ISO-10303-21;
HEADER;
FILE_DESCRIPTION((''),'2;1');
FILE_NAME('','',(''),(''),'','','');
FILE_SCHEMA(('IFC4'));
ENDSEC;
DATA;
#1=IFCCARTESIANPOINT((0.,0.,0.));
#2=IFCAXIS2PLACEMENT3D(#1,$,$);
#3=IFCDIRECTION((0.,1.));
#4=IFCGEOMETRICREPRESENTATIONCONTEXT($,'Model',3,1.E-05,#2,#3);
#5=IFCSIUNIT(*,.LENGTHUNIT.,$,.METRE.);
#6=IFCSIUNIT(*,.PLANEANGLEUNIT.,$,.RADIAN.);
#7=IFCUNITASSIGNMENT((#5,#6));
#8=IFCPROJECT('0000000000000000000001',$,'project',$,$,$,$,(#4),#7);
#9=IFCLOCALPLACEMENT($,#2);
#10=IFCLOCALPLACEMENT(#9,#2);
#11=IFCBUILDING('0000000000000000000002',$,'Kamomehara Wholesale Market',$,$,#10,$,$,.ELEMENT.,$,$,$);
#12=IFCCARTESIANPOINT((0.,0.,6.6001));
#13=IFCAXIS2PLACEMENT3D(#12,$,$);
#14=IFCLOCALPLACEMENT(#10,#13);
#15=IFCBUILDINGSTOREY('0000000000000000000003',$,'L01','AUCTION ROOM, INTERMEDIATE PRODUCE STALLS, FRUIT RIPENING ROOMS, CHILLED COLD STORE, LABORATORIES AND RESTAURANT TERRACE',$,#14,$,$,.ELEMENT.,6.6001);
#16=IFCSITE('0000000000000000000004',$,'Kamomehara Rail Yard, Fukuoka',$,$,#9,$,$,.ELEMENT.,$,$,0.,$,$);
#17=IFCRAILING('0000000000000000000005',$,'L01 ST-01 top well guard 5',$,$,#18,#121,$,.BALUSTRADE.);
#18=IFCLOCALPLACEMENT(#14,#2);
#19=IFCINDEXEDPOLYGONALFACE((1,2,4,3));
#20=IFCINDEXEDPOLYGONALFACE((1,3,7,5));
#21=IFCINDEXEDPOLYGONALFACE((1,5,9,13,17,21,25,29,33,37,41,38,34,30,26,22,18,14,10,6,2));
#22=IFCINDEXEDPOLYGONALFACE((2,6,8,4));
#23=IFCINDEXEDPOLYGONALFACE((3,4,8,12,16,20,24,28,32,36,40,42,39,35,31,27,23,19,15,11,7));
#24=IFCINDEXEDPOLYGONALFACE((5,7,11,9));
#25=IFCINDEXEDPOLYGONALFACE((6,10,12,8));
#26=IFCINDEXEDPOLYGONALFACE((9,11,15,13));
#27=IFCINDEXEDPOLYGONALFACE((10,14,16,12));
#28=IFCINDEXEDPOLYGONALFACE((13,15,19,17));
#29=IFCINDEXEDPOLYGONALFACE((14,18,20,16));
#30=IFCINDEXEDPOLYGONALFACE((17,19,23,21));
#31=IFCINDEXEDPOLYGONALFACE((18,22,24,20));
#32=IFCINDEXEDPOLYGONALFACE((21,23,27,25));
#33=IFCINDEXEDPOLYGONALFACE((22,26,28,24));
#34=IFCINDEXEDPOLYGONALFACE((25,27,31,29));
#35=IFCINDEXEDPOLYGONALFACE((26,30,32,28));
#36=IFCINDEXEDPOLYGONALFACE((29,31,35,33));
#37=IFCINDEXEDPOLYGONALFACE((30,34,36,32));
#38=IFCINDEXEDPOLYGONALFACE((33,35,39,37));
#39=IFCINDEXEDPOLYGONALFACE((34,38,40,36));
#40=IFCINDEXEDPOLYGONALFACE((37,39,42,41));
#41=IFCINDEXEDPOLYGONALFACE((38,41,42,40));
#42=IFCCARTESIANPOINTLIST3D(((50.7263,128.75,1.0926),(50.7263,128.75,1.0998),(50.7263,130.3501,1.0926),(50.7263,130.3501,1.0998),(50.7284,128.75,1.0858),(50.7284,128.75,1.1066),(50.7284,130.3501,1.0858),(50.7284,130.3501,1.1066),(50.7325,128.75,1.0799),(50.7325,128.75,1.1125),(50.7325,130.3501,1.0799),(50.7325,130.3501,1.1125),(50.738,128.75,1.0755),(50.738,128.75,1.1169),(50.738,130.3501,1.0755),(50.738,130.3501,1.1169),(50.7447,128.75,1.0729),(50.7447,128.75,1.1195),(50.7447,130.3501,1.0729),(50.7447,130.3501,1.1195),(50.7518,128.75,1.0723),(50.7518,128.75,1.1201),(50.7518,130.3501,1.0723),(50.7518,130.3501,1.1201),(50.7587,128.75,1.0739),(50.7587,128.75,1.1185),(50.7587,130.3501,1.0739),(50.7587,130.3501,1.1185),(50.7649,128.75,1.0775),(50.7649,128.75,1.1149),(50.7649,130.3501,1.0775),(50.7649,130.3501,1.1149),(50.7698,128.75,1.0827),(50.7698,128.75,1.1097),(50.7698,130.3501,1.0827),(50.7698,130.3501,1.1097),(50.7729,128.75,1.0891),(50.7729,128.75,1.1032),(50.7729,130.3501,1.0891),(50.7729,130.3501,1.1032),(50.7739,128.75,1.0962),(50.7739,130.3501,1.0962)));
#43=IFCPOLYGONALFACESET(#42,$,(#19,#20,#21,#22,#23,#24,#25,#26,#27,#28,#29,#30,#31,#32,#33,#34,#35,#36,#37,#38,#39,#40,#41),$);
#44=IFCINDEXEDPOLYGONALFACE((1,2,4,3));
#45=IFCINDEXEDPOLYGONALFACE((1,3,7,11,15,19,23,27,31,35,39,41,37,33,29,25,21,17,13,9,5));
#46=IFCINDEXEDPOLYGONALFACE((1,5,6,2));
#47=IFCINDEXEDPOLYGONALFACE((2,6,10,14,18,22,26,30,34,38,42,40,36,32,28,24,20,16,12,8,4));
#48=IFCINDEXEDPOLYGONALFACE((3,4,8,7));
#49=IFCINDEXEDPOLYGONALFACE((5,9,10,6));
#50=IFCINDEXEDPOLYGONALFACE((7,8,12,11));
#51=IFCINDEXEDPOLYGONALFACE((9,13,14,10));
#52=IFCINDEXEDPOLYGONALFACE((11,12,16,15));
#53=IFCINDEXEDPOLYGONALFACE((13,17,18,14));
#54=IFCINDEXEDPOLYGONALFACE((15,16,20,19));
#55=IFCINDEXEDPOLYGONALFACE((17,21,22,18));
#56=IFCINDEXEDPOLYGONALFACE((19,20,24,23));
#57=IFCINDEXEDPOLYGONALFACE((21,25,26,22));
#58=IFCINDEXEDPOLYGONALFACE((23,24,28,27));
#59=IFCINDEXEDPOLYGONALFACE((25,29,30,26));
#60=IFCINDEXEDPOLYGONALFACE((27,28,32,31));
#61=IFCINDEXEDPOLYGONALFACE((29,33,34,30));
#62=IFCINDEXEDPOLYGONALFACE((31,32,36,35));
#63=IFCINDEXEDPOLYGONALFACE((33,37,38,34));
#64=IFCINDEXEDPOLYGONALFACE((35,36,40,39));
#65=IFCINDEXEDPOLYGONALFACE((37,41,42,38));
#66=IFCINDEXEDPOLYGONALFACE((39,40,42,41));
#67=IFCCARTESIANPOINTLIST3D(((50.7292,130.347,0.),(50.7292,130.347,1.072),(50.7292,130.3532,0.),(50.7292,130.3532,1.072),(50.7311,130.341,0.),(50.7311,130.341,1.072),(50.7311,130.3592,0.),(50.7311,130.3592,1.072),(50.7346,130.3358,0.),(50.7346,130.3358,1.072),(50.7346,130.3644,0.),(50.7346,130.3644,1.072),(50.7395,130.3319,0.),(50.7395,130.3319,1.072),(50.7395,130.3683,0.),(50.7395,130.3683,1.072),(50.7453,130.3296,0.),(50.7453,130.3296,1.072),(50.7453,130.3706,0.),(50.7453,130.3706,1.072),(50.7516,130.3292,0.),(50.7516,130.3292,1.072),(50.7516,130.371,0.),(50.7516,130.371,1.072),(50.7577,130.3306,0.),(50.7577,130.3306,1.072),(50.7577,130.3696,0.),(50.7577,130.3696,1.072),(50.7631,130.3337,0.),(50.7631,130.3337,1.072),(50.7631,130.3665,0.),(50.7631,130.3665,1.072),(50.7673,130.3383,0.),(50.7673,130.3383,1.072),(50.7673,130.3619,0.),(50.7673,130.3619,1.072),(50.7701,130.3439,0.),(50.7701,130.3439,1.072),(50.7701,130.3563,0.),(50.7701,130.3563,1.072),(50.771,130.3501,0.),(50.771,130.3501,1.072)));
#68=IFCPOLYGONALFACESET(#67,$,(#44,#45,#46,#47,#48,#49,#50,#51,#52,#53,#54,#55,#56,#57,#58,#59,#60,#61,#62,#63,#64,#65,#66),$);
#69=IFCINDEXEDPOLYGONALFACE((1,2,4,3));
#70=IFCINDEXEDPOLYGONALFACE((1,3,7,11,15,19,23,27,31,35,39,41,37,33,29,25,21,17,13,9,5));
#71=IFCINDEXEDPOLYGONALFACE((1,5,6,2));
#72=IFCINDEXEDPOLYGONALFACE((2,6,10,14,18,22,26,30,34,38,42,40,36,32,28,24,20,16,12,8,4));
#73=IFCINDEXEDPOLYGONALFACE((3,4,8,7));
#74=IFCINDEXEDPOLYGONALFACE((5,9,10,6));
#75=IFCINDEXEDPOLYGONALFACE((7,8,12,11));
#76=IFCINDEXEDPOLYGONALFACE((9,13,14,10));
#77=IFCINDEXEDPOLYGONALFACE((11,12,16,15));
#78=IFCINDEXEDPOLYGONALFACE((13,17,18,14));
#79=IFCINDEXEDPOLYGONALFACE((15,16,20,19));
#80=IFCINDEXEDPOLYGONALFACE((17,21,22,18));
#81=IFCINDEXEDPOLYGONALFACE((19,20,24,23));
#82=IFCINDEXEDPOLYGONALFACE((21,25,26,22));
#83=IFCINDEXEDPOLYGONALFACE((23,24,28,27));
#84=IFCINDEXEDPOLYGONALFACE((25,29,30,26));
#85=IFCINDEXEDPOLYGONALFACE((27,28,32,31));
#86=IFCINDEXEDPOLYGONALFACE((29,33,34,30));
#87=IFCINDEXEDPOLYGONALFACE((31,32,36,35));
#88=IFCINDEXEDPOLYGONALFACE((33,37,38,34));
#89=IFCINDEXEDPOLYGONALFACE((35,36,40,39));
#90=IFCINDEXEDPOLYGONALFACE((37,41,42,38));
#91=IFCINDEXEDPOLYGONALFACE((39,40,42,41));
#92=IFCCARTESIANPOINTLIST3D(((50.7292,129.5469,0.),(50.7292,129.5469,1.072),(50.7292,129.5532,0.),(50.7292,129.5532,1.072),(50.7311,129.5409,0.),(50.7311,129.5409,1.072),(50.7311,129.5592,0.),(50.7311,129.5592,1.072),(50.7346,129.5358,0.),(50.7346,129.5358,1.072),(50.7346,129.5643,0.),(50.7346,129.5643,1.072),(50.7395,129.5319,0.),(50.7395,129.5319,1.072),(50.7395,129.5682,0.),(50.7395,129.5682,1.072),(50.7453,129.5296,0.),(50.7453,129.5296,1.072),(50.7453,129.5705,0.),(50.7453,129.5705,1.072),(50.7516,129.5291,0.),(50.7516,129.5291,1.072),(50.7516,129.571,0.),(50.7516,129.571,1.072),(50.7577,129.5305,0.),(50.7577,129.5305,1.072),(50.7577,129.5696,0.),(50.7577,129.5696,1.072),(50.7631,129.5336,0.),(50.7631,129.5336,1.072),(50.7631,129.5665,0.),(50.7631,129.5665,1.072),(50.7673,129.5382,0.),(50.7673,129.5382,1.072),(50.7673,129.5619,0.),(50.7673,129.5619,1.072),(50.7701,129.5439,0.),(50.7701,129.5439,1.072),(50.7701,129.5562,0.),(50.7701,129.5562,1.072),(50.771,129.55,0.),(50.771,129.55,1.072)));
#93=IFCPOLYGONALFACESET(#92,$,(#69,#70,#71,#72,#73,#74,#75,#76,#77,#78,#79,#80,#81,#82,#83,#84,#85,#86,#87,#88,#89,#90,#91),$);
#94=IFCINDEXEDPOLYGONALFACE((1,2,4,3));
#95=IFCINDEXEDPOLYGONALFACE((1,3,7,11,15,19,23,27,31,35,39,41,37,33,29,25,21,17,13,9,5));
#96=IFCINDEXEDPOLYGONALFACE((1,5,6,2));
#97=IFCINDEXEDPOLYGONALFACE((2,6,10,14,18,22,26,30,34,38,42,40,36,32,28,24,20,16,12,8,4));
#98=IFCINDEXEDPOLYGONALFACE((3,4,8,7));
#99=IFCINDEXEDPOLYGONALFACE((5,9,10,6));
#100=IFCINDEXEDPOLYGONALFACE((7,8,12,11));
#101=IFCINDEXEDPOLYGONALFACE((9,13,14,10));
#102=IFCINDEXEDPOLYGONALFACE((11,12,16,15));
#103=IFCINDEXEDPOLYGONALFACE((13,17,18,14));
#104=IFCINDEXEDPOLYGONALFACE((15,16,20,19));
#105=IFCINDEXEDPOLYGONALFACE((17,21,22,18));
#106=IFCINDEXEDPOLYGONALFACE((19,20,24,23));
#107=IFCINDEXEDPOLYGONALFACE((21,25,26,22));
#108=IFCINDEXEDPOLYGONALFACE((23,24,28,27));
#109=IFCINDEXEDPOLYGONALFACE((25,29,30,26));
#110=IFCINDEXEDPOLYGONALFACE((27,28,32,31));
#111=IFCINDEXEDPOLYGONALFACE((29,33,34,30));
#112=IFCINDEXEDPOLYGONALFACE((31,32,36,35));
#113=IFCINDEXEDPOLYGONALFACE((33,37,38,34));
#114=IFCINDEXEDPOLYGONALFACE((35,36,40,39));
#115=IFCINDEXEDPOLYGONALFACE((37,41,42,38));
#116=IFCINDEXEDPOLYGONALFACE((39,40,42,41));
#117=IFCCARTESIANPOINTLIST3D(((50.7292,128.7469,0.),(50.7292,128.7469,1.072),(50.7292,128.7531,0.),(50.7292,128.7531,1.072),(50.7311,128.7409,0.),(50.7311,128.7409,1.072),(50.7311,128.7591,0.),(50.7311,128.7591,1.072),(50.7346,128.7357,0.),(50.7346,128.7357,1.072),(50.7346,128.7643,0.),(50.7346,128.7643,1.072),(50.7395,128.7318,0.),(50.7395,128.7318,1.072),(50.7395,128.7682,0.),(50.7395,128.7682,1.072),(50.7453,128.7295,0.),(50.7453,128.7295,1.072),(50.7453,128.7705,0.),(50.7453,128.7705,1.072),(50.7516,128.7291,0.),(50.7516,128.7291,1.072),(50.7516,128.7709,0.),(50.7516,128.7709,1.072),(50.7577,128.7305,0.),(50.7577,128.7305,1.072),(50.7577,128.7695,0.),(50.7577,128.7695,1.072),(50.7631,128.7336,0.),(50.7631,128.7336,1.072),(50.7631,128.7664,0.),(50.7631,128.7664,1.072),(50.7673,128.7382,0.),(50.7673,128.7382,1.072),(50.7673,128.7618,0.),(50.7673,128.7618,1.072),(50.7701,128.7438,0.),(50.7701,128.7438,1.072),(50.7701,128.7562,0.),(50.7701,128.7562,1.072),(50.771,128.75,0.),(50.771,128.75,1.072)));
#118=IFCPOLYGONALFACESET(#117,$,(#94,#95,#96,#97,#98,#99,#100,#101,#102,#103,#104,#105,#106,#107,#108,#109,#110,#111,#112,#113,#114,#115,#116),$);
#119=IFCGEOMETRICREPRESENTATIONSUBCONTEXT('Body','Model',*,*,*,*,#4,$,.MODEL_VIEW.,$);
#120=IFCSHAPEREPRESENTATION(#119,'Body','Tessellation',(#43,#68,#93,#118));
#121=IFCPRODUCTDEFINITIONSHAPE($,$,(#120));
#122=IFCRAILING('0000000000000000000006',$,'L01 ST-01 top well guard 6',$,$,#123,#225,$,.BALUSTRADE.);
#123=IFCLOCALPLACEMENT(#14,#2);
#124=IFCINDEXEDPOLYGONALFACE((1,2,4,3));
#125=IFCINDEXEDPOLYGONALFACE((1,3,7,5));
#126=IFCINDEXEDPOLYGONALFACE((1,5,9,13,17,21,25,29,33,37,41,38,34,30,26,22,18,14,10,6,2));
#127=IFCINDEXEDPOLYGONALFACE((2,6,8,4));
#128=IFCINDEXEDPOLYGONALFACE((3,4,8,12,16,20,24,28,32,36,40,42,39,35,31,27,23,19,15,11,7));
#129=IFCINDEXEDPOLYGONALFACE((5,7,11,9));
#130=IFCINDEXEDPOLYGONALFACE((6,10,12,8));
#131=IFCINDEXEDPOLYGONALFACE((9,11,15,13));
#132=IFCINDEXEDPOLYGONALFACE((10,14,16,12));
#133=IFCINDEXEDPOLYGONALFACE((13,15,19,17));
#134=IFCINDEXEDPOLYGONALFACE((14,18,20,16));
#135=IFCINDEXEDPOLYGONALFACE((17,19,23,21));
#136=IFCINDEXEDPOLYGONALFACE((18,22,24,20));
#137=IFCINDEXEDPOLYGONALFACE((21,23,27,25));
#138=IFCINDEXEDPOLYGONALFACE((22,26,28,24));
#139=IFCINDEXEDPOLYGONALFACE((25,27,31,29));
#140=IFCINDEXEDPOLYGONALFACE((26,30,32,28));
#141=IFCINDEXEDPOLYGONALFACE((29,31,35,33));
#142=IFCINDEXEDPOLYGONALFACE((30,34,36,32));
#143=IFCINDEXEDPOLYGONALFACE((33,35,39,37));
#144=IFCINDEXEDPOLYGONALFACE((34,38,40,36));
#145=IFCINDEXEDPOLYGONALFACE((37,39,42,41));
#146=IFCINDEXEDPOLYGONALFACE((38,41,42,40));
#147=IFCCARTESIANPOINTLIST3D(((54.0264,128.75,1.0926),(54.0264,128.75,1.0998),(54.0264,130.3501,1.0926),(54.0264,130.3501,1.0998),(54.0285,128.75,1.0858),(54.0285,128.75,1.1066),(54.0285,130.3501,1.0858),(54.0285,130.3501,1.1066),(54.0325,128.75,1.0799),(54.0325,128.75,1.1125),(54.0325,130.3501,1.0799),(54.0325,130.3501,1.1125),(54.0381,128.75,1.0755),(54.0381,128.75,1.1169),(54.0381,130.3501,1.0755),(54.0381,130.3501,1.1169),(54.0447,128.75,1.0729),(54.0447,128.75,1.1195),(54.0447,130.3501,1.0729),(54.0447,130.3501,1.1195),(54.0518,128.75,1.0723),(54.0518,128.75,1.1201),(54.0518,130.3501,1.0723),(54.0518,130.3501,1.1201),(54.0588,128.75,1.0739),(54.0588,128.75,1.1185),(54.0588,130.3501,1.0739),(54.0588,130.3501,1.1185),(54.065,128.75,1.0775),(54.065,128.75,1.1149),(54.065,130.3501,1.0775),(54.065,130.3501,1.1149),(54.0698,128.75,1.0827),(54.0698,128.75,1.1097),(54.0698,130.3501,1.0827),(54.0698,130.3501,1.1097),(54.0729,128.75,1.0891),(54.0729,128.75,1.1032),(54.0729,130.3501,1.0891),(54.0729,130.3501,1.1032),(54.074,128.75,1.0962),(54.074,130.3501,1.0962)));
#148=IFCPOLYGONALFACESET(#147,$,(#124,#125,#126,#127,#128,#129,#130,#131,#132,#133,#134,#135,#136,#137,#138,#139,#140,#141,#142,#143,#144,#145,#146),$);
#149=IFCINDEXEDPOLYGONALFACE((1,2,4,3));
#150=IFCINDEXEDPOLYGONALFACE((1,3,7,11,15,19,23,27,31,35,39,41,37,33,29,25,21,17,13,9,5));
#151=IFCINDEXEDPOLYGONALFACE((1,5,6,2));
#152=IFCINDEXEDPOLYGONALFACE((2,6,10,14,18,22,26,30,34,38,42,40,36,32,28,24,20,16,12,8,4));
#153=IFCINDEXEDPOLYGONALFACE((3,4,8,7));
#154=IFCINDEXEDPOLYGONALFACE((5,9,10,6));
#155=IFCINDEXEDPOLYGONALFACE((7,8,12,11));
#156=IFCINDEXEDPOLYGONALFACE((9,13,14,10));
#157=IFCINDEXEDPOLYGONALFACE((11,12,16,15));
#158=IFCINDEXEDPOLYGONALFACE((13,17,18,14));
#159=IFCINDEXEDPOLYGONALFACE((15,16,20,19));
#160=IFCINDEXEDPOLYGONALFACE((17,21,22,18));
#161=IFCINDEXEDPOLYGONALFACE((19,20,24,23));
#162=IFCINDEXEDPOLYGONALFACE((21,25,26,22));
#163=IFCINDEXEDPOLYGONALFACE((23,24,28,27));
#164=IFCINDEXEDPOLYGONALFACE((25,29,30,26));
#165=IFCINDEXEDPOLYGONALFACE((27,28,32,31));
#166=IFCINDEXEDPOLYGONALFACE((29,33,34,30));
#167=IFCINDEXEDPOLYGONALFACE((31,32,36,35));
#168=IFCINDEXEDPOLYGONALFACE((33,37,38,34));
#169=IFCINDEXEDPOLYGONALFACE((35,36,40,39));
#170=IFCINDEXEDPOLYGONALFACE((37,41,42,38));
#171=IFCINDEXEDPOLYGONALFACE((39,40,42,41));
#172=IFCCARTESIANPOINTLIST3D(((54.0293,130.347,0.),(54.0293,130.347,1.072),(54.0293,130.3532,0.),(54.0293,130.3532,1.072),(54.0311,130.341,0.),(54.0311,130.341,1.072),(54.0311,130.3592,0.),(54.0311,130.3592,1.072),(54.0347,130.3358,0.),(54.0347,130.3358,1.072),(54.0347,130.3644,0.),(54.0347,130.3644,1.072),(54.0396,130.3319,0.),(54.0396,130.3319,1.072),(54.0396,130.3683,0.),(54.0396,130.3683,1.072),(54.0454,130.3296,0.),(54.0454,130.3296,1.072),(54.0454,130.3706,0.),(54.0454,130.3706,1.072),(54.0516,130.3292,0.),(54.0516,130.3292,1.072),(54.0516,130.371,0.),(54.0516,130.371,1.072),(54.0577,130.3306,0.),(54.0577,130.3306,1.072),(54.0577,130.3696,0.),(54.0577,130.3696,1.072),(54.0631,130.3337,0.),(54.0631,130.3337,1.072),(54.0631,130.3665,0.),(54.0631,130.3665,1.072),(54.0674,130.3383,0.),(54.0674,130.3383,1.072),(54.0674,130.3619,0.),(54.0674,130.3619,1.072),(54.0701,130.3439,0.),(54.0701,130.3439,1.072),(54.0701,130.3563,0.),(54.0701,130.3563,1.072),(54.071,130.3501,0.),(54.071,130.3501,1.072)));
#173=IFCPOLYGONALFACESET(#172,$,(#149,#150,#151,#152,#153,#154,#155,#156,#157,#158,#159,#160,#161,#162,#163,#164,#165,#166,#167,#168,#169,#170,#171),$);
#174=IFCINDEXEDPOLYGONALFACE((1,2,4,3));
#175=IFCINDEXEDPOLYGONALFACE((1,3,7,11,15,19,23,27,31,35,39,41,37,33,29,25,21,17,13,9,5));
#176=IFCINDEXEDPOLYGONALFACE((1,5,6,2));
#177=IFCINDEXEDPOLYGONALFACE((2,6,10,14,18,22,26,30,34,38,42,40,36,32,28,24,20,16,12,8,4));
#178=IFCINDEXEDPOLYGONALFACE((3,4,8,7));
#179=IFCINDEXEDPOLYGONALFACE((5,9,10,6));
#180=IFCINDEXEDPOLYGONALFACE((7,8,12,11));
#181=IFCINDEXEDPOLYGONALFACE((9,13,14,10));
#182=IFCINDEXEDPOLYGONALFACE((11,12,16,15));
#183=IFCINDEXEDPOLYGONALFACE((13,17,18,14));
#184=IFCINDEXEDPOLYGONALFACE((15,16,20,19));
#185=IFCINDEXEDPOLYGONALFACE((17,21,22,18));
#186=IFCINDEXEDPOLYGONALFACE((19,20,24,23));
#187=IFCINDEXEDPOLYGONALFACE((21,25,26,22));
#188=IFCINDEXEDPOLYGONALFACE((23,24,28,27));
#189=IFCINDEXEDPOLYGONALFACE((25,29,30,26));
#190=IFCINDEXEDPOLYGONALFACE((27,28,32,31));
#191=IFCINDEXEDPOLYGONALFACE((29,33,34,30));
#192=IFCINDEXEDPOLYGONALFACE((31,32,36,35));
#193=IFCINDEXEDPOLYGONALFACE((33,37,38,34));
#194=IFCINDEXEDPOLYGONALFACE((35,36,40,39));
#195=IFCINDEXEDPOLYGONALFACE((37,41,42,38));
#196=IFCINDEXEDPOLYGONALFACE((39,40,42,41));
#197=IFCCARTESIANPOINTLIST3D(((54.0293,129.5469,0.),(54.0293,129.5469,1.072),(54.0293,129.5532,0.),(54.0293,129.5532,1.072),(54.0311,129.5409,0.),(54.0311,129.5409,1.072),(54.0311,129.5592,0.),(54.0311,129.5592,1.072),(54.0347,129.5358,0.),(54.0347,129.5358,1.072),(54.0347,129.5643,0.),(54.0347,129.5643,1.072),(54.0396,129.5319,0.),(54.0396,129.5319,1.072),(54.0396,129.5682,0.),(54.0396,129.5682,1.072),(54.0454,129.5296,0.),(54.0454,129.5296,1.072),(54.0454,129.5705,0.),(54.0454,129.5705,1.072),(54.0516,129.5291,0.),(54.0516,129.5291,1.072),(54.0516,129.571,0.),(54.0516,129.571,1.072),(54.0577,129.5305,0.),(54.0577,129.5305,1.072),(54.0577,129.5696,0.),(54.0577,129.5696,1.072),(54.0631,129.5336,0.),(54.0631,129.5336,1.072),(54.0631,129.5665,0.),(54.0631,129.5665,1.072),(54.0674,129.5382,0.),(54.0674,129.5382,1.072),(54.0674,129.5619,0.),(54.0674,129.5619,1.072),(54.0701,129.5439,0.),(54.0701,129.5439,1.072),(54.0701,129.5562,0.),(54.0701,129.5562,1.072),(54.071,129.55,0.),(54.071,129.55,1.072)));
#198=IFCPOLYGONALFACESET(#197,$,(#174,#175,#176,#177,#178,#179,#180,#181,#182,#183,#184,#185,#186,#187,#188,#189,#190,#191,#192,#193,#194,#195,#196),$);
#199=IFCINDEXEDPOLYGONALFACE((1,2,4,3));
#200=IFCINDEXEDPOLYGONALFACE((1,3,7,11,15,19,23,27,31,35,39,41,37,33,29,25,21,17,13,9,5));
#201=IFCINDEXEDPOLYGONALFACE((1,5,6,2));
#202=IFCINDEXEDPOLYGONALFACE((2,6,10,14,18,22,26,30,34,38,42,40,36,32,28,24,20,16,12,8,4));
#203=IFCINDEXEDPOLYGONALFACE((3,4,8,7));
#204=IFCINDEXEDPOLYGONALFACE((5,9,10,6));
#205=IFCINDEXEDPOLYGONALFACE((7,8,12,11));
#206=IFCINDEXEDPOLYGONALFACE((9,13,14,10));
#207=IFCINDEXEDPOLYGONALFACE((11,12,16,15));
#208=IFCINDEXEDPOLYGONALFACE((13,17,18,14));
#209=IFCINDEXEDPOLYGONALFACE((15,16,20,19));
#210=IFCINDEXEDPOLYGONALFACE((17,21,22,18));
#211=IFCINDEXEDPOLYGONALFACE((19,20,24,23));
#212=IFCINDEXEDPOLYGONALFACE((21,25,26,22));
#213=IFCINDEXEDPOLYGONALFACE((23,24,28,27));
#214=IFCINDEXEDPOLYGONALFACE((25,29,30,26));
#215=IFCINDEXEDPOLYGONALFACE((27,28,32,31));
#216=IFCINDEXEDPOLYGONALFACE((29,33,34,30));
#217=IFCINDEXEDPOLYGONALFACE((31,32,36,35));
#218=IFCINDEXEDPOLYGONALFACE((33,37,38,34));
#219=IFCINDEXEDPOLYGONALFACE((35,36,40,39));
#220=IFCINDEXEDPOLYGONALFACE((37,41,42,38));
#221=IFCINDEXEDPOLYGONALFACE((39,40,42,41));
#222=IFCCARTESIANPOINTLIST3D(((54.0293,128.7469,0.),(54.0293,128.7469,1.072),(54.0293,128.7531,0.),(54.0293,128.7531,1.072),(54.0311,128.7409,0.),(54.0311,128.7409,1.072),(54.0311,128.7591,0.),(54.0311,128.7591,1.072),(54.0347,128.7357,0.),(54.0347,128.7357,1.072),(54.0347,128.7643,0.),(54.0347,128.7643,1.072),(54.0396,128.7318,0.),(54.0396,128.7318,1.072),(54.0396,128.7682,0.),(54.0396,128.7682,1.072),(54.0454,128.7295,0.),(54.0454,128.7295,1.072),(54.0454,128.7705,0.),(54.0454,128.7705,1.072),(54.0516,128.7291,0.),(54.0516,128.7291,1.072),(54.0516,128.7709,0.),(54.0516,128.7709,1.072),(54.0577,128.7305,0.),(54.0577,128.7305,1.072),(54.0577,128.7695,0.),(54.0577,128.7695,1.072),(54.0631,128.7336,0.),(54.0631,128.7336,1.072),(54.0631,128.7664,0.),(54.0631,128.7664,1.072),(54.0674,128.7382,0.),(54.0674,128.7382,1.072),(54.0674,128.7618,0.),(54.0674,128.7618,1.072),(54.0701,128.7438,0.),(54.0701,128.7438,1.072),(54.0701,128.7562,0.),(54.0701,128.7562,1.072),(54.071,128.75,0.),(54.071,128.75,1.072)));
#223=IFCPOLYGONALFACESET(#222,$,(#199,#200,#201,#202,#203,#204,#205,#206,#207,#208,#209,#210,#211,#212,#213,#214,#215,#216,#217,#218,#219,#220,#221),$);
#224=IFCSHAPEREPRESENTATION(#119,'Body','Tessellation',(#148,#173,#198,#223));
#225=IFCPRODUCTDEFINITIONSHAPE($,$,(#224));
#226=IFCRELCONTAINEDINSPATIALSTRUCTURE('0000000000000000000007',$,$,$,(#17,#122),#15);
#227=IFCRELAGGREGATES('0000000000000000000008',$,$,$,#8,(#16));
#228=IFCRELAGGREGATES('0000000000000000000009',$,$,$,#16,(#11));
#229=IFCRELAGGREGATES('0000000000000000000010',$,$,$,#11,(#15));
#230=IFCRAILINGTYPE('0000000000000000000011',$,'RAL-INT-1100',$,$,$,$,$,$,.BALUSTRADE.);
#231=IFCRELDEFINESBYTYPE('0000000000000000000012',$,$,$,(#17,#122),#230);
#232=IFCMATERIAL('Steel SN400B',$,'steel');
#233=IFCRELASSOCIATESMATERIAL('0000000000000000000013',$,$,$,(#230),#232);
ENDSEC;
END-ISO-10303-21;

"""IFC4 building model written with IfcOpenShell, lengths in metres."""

from ifc_helpers import new_model, si_unit, direction, frame, origin, origin_2d, place, context, subcontext, project, spatial, circle, extrude, material, type_object, element, save


model = new_model("IFC4")

# Units and contexts
model_context = context("Model", 3, precision=1e-05, world=origin(), true_north=direction((0.0, 1.0)))
body_context = subcontext(model_context, "Body", "Model", "MODEL_VIEW")
ifc_project = project(units=[si_unit("LENGTHUNIT", "METRE"), si_unit("PLANEANGLEUNIT", "RADIAN")], contexts=[model_context])

# Site, building, storey
site_placement = place(None, origin())
site = spatial("IfcSite", under=ifc_project, at=site_placement, Name="Kamomehara Rail Yard, Fukuoka", CompositionType="ELEMENT", RefElevation=0.0)
building_placement = place(site_placement, origin())
building = spatial("IfcBuilding", under=site, at=building_placement, Name="Kamomehara Wholesale Market", CompositionType="ELEMENT")
storey_placement = place(building_placement, frame((0.0, 0.0, 6.6001)))
storey = spatial("IfcBuildingStorey", under=building, at=storey_placement, Name="L01", Description="AUCTION ROOM, INTERMEDIATE PRODUCE STALLS, FRUIT RIPENING ROOMS, CHILLED COLD STORE, LABORATORIES AND RESTAURANT TERRACE", CompositionType="ELEMENT", Elevation=6.6001)

# Railings
ifc_material_1 = material(Name="Steel SN400B", Category="steel")
railing_type = type_object("IfcRailingType", Name="RAL-INT-1100", PredefinedType="BALUSTRADE", material=ifc_material_1)
for number, where, name in (
    (1, (50.75, 130.3501, 0.0), "L01 ST-01 top well guard 5"),
    (2, (54.05, 130.3501, 0.0), "L01 ST-01 top well guard 6"),
):
    element("IfcRailing", number, at=place(storey_placement, frame(where)), inside=storey, type_object=railing_type, Name=name, PredefinedType="BALUSTRADE", context=body_context, shape_type="SweptSolid", body=[
        extrude(circle(Radius=0.0239, at=origin_2d()), frame((0.0, 0.0, 1.0962), z_axis=(0.0, -1.0, 0.0), x_axis=(1.0, 0.0, 0.0)), (0.0, 0.0, 1.0), 1.6001),
        extrude(circle(Radius=0.021, at=origin_2d()), origin(), (0.0, 0.0, 1.0), 1.072),
        extrude(circle(Radius=0.021, at=origin_2d()), frame((0.0, -0.8, 0.0)), (0.0, 0.0, 1.0), 1.072),
        extrude(circle(Radius=0.021, at=origin_2d()), frame((0.0, -1.6001, 0.0)), (0.0, 0.0, 1.0), 1.072),
    ])

save(model, "model.ifc")
